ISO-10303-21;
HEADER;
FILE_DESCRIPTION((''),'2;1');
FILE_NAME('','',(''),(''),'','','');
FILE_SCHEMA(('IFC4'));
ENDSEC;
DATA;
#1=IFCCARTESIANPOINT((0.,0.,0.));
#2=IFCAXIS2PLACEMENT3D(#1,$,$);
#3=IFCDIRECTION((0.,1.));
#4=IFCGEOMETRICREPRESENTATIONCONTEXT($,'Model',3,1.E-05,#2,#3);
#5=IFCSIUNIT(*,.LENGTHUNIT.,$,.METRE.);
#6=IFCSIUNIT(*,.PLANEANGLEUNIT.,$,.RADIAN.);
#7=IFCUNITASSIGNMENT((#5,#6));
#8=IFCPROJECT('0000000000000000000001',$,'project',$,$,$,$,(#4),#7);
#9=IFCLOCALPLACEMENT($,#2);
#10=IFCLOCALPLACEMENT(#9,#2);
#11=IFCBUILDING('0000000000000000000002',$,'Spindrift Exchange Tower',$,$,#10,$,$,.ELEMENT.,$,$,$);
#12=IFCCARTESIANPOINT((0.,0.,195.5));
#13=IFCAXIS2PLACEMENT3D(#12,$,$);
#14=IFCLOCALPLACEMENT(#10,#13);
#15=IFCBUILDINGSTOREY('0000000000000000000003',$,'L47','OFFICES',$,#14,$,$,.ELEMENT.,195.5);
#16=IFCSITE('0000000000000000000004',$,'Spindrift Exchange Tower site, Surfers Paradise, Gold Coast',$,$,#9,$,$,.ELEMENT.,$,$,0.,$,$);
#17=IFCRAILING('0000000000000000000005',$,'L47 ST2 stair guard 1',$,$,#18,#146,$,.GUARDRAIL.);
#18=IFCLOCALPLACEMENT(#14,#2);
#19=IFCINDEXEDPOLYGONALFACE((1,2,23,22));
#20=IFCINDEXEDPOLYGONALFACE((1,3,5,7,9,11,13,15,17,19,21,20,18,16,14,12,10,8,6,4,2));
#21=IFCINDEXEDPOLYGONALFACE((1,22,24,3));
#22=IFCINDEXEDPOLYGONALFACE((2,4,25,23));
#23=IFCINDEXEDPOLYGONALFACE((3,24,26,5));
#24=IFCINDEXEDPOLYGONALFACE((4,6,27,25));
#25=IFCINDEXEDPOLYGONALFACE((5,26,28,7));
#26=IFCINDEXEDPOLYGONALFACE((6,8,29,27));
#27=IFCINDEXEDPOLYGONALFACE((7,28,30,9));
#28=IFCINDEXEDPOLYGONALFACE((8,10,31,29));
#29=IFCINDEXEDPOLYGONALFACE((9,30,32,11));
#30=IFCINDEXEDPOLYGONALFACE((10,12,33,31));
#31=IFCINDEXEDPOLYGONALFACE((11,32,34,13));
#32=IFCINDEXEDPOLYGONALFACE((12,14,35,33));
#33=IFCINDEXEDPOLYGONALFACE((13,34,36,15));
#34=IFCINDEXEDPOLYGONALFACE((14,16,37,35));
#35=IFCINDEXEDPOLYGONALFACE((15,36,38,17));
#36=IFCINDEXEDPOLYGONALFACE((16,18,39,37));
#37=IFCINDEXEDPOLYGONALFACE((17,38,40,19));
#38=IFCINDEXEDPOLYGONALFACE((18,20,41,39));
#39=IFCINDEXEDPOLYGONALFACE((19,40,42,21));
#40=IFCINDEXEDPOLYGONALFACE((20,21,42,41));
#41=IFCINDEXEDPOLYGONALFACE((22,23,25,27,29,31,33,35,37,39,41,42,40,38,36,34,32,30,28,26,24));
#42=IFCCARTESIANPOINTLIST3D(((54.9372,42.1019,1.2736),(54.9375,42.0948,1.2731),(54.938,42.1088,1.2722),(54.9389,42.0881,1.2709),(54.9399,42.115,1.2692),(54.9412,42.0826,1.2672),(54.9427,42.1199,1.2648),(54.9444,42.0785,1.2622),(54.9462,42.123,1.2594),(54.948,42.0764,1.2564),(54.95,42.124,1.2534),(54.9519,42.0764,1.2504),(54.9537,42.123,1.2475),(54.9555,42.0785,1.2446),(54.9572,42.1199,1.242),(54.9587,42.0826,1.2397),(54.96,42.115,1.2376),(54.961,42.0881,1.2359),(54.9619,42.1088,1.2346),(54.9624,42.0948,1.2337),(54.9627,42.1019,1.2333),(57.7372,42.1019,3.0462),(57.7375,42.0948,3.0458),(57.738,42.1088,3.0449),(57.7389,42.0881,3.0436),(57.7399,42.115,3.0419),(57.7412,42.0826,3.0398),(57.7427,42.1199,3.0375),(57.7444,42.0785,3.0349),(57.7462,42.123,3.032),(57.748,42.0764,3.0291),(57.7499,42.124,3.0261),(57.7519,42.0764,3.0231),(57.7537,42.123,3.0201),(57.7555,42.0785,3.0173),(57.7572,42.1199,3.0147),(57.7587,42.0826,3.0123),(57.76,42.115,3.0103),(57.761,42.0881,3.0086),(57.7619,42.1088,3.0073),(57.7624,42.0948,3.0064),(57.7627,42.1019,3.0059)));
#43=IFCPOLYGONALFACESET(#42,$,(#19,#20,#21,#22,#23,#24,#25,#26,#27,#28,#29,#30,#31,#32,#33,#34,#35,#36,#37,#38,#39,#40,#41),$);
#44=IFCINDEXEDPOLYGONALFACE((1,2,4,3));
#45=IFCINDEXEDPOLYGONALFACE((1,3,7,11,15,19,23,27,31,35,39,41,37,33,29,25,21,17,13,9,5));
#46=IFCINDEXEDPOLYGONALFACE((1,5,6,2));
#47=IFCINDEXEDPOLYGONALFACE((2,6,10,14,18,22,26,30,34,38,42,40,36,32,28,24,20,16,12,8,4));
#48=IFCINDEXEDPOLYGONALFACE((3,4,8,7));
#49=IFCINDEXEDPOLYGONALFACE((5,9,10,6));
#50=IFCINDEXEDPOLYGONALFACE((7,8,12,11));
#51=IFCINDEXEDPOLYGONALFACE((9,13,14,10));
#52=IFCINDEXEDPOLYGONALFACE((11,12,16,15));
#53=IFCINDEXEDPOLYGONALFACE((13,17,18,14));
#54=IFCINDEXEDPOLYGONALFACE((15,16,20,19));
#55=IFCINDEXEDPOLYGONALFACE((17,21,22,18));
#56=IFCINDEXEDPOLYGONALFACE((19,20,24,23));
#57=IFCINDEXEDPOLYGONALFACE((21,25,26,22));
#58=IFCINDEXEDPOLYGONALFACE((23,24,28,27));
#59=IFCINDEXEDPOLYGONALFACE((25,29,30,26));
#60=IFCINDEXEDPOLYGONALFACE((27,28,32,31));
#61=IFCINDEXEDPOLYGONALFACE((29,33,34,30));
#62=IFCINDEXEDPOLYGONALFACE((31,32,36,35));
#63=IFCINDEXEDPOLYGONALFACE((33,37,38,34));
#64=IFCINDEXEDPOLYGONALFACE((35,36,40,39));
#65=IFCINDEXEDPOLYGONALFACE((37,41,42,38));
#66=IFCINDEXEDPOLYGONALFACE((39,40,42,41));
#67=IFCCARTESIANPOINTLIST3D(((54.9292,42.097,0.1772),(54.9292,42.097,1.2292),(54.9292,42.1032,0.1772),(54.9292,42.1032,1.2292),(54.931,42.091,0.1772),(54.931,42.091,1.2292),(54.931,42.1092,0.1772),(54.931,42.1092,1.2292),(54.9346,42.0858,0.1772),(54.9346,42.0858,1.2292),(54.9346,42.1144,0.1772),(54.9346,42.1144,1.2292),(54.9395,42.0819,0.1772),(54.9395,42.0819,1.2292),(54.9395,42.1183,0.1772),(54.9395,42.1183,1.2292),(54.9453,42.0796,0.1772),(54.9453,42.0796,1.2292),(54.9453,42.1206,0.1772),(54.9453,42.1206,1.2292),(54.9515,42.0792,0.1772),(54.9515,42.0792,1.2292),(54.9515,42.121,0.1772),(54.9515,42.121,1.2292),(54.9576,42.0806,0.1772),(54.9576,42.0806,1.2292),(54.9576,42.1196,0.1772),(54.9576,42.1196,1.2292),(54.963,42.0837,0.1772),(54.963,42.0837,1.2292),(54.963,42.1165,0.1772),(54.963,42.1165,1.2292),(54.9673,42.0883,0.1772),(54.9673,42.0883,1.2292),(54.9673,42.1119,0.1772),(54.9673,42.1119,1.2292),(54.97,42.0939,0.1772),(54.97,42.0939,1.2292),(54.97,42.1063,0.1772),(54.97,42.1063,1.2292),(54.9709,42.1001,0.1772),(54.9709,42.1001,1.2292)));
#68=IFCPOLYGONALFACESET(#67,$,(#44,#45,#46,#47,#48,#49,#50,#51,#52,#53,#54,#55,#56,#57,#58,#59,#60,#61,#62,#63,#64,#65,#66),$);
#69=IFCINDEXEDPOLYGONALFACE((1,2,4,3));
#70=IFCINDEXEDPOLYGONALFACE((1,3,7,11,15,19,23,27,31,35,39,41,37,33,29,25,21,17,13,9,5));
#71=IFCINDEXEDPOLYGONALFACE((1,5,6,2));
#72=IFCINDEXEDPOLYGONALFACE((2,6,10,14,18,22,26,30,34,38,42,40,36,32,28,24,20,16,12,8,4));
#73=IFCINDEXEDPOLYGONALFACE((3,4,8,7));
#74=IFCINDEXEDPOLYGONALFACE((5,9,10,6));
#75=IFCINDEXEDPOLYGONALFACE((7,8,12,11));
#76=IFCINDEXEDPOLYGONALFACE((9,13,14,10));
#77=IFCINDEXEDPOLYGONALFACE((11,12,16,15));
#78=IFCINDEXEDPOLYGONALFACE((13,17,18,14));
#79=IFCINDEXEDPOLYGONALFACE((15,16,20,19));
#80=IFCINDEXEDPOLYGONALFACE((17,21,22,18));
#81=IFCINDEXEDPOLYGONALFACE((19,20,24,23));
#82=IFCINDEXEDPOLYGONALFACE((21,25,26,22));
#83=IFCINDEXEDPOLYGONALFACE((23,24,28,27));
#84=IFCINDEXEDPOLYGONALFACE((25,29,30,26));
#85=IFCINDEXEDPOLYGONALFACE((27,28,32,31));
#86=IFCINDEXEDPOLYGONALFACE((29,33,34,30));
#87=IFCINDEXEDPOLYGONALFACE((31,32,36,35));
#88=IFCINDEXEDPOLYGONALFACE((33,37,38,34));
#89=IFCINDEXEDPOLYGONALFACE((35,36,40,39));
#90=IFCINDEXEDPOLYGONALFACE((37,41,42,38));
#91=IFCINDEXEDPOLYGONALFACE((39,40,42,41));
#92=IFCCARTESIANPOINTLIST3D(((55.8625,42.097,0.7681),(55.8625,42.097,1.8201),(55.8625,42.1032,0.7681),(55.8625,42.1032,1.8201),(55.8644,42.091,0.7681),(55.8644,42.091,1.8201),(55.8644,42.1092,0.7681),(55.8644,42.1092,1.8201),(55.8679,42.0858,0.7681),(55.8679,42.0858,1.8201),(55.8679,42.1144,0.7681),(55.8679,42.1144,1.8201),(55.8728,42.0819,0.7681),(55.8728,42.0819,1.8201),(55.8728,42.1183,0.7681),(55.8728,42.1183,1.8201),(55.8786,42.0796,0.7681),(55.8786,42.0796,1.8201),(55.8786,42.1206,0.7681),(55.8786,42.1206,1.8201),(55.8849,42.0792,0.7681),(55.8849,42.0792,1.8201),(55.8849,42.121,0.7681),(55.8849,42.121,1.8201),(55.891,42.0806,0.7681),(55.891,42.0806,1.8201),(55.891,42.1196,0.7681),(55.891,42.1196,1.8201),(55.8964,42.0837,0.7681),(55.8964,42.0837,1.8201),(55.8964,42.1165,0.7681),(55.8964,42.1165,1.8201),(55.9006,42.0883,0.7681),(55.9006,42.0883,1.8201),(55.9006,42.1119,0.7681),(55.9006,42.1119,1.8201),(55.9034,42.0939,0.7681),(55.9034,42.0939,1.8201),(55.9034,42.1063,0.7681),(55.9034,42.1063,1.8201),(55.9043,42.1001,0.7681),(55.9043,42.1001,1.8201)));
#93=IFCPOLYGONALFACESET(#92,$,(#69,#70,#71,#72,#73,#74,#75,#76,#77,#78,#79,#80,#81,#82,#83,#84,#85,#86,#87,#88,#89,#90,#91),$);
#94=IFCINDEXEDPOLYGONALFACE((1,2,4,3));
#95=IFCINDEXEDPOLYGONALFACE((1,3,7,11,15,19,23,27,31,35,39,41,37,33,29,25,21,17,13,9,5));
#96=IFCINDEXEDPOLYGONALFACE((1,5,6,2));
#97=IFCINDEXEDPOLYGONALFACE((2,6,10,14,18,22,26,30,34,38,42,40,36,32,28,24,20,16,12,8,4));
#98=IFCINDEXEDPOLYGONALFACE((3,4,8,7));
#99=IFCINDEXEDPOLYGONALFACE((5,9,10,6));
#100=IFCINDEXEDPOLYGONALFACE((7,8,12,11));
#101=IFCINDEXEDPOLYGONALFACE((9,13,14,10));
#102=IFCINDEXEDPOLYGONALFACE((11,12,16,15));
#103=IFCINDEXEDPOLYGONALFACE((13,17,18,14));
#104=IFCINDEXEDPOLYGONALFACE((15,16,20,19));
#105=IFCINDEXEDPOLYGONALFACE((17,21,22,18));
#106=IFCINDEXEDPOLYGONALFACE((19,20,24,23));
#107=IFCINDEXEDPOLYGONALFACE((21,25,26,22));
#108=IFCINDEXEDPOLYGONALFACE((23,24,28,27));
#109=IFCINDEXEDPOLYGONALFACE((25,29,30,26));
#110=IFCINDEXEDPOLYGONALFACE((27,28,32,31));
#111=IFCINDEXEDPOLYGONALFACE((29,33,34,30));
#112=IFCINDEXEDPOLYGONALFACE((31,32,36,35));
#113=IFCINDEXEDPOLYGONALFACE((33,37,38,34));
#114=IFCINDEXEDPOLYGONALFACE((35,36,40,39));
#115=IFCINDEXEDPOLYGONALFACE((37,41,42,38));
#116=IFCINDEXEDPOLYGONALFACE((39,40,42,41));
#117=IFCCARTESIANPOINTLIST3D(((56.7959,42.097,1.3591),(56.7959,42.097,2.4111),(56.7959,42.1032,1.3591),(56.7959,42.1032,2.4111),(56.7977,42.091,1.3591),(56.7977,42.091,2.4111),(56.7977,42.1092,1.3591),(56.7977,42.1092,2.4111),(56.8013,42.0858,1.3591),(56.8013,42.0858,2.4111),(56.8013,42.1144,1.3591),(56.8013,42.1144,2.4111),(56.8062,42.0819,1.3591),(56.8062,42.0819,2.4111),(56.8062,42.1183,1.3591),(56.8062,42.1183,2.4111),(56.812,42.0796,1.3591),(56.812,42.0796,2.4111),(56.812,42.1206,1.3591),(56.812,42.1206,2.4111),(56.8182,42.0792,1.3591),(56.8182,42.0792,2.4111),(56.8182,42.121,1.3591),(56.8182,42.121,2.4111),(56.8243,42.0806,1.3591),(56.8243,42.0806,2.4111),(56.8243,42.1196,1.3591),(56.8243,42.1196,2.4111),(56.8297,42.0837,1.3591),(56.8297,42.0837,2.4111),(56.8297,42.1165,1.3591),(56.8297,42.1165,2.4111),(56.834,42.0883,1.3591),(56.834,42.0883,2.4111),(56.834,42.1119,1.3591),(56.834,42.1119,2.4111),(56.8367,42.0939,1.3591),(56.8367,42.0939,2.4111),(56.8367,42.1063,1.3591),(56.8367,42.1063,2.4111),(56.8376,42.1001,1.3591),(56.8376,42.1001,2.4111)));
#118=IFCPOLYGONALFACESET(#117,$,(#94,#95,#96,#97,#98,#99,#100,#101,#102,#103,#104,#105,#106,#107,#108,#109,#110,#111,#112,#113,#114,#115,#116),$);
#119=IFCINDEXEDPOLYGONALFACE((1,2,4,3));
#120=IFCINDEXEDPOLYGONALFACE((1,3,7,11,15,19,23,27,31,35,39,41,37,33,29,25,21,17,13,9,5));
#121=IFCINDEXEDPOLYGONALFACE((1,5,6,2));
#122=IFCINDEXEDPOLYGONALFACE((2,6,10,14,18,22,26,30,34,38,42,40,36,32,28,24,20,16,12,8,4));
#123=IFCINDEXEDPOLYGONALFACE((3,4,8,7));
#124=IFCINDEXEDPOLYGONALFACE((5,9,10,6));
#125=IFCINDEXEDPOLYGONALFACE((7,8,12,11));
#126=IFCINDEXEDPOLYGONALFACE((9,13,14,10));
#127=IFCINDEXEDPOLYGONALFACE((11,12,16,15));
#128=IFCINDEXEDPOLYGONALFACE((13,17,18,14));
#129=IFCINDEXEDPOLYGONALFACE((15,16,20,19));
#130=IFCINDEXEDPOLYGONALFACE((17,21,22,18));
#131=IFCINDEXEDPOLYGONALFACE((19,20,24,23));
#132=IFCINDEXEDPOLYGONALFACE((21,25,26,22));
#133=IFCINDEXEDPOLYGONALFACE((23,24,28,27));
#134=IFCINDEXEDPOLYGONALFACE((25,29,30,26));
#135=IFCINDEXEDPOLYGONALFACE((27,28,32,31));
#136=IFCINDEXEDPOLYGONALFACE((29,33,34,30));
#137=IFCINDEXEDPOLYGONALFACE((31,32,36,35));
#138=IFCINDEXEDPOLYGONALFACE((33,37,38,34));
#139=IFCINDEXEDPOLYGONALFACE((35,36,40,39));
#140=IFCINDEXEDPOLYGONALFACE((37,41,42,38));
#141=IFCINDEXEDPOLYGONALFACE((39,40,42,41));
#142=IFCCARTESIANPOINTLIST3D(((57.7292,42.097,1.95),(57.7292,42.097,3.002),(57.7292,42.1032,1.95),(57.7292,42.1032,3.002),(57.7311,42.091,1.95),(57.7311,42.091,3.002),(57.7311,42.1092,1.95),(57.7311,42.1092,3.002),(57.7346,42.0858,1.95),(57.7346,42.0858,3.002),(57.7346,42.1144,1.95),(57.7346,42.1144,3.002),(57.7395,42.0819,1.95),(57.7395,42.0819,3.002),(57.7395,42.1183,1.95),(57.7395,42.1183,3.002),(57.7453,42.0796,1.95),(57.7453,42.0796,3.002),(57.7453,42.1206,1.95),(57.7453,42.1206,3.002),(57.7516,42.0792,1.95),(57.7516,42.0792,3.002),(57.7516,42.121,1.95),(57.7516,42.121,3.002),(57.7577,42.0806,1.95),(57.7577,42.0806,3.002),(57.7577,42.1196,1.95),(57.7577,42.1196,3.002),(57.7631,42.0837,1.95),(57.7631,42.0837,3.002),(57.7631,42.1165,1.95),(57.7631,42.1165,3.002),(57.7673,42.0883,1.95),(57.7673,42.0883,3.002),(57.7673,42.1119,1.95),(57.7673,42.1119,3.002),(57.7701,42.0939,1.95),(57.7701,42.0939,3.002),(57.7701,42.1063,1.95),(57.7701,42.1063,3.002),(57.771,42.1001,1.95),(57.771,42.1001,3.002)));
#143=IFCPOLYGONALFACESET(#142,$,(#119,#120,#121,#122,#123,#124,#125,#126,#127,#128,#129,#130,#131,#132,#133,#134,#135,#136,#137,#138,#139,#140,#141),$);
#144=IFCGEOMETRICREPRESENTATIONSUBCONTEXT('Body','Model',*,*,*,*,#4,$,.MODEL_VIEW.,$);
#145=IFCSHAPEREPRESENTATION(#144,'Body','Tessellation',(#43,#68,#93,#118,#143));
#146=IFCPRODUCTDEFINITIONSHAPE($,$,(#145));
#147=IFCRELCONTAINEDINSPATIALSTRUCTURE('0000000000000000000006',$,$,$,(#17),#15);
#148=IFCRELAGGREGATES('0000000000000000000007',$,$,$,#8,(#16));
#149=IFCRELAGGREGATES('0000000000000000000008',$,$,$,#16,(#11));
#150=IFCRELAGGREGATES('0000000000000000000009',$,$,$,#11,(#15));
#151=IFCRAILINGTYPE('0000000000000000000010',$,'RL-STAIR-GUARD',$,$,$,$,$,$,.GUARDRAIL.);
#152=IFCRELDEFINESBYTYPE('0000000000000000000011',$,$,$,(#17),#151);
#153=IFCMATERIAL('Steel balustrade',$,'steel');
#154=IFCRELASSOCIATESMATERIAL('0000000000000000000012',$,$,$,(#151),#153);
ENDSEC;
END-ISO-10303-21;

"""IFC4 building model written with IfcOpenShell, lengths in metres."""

from ifc_helpers import new_model, si_unit, direction, frame, origin, origin_2d, place, context, subcontext, project, spatial, circle, extrude, material, type_object, element, save


model = new_model("IFC4")

# Units and contexts
model_context = context("Model", 3, precision=1e-05, world=origin(), true_north=direction((0.0, 1.0)))
body_context = subcontext(model_context, "Body", "Model", "MODEL_VIEW")
ifc_project = project(units=[si_unit("LENGTHUNIT", "METRE"), si_unit("PLANEANGLEUNIT", "RADIAN")], contexts=[model_context])

# Site, building, storey
site_placement = place(None, origin())
site = spatial("IfcSite", under=ifc_project, at=site_placement, Name="Spindrift Exchange Tower site, Surfers Paradise, Gold Coast", CompositionType="ELEMENT", RefElevation=0.0)
building_placement = place(site_placement, origin())
building = spatial("IfcBuilding", under=site, at=building_placement, Name="Spindrift Exchange Tower", CompositionType="ELEMENT")
storey_placement = place(building_placement, frame((0.0, 0.0, 195.5)))
storey = spatial("IfcBuildingStorey", under=building, at=storey_placement, Name="L47", Description="OFFICES", CompositionType="ELEMENT", Elevation=195.5)

# Railing
ifc_material_1 = material(Name="Steel balustrade", Category="steel")
railing_type_1 = type_object("IfcRailingType", Name="RL-STAIR-GUARD", PredefinedType="GUARDRAIL", material=ifc_material_1)
railing_1_placement = place(storey_placement, frame((54.95, 42.1001, 0.1772)))
element("IfcRailing", 1, at=railing_1_placement, inside=storey, type_object=railing_type_1, Name="L47 ST2 stair guard 1", PredefinedType="GUARDRAIL", context=body_context, shape_type="SweptSolid", body=[
    extrude(circle(Radius=0.0239, at=origin_2d()), frame((0.0, 0.0, 1.0762), z_axis=(0.844909, 0.0, 0.53491), x_axis=(0.0, 1.0, 0.0)), (0.0, 0.0, 1.0), 3.314),
    extrude(circle(Radius=0.021, at=origin_2d()), origin(), (0.0, 0.0, 1.0), 1.052),
    extrude(circle(Radius=0.021, at=origin_2d()), frame((0.9333, 0.0, 0.5908)), (0.0, 0.0, 1.0), 1.052),
    extrude(circle(Radius=0.021, at=origin_2d()), frame((1.8667, 0.0, 1.1819)), (0.0, 0.0, 1.0), 1.052),
    extrude(circle(Radius=0.021, at=origin_2d()), frame((2.8, 0.0, 1.7727)), (0.0, 0.0, 1.0), 1.052),
])

save(model, "model.ifc")
